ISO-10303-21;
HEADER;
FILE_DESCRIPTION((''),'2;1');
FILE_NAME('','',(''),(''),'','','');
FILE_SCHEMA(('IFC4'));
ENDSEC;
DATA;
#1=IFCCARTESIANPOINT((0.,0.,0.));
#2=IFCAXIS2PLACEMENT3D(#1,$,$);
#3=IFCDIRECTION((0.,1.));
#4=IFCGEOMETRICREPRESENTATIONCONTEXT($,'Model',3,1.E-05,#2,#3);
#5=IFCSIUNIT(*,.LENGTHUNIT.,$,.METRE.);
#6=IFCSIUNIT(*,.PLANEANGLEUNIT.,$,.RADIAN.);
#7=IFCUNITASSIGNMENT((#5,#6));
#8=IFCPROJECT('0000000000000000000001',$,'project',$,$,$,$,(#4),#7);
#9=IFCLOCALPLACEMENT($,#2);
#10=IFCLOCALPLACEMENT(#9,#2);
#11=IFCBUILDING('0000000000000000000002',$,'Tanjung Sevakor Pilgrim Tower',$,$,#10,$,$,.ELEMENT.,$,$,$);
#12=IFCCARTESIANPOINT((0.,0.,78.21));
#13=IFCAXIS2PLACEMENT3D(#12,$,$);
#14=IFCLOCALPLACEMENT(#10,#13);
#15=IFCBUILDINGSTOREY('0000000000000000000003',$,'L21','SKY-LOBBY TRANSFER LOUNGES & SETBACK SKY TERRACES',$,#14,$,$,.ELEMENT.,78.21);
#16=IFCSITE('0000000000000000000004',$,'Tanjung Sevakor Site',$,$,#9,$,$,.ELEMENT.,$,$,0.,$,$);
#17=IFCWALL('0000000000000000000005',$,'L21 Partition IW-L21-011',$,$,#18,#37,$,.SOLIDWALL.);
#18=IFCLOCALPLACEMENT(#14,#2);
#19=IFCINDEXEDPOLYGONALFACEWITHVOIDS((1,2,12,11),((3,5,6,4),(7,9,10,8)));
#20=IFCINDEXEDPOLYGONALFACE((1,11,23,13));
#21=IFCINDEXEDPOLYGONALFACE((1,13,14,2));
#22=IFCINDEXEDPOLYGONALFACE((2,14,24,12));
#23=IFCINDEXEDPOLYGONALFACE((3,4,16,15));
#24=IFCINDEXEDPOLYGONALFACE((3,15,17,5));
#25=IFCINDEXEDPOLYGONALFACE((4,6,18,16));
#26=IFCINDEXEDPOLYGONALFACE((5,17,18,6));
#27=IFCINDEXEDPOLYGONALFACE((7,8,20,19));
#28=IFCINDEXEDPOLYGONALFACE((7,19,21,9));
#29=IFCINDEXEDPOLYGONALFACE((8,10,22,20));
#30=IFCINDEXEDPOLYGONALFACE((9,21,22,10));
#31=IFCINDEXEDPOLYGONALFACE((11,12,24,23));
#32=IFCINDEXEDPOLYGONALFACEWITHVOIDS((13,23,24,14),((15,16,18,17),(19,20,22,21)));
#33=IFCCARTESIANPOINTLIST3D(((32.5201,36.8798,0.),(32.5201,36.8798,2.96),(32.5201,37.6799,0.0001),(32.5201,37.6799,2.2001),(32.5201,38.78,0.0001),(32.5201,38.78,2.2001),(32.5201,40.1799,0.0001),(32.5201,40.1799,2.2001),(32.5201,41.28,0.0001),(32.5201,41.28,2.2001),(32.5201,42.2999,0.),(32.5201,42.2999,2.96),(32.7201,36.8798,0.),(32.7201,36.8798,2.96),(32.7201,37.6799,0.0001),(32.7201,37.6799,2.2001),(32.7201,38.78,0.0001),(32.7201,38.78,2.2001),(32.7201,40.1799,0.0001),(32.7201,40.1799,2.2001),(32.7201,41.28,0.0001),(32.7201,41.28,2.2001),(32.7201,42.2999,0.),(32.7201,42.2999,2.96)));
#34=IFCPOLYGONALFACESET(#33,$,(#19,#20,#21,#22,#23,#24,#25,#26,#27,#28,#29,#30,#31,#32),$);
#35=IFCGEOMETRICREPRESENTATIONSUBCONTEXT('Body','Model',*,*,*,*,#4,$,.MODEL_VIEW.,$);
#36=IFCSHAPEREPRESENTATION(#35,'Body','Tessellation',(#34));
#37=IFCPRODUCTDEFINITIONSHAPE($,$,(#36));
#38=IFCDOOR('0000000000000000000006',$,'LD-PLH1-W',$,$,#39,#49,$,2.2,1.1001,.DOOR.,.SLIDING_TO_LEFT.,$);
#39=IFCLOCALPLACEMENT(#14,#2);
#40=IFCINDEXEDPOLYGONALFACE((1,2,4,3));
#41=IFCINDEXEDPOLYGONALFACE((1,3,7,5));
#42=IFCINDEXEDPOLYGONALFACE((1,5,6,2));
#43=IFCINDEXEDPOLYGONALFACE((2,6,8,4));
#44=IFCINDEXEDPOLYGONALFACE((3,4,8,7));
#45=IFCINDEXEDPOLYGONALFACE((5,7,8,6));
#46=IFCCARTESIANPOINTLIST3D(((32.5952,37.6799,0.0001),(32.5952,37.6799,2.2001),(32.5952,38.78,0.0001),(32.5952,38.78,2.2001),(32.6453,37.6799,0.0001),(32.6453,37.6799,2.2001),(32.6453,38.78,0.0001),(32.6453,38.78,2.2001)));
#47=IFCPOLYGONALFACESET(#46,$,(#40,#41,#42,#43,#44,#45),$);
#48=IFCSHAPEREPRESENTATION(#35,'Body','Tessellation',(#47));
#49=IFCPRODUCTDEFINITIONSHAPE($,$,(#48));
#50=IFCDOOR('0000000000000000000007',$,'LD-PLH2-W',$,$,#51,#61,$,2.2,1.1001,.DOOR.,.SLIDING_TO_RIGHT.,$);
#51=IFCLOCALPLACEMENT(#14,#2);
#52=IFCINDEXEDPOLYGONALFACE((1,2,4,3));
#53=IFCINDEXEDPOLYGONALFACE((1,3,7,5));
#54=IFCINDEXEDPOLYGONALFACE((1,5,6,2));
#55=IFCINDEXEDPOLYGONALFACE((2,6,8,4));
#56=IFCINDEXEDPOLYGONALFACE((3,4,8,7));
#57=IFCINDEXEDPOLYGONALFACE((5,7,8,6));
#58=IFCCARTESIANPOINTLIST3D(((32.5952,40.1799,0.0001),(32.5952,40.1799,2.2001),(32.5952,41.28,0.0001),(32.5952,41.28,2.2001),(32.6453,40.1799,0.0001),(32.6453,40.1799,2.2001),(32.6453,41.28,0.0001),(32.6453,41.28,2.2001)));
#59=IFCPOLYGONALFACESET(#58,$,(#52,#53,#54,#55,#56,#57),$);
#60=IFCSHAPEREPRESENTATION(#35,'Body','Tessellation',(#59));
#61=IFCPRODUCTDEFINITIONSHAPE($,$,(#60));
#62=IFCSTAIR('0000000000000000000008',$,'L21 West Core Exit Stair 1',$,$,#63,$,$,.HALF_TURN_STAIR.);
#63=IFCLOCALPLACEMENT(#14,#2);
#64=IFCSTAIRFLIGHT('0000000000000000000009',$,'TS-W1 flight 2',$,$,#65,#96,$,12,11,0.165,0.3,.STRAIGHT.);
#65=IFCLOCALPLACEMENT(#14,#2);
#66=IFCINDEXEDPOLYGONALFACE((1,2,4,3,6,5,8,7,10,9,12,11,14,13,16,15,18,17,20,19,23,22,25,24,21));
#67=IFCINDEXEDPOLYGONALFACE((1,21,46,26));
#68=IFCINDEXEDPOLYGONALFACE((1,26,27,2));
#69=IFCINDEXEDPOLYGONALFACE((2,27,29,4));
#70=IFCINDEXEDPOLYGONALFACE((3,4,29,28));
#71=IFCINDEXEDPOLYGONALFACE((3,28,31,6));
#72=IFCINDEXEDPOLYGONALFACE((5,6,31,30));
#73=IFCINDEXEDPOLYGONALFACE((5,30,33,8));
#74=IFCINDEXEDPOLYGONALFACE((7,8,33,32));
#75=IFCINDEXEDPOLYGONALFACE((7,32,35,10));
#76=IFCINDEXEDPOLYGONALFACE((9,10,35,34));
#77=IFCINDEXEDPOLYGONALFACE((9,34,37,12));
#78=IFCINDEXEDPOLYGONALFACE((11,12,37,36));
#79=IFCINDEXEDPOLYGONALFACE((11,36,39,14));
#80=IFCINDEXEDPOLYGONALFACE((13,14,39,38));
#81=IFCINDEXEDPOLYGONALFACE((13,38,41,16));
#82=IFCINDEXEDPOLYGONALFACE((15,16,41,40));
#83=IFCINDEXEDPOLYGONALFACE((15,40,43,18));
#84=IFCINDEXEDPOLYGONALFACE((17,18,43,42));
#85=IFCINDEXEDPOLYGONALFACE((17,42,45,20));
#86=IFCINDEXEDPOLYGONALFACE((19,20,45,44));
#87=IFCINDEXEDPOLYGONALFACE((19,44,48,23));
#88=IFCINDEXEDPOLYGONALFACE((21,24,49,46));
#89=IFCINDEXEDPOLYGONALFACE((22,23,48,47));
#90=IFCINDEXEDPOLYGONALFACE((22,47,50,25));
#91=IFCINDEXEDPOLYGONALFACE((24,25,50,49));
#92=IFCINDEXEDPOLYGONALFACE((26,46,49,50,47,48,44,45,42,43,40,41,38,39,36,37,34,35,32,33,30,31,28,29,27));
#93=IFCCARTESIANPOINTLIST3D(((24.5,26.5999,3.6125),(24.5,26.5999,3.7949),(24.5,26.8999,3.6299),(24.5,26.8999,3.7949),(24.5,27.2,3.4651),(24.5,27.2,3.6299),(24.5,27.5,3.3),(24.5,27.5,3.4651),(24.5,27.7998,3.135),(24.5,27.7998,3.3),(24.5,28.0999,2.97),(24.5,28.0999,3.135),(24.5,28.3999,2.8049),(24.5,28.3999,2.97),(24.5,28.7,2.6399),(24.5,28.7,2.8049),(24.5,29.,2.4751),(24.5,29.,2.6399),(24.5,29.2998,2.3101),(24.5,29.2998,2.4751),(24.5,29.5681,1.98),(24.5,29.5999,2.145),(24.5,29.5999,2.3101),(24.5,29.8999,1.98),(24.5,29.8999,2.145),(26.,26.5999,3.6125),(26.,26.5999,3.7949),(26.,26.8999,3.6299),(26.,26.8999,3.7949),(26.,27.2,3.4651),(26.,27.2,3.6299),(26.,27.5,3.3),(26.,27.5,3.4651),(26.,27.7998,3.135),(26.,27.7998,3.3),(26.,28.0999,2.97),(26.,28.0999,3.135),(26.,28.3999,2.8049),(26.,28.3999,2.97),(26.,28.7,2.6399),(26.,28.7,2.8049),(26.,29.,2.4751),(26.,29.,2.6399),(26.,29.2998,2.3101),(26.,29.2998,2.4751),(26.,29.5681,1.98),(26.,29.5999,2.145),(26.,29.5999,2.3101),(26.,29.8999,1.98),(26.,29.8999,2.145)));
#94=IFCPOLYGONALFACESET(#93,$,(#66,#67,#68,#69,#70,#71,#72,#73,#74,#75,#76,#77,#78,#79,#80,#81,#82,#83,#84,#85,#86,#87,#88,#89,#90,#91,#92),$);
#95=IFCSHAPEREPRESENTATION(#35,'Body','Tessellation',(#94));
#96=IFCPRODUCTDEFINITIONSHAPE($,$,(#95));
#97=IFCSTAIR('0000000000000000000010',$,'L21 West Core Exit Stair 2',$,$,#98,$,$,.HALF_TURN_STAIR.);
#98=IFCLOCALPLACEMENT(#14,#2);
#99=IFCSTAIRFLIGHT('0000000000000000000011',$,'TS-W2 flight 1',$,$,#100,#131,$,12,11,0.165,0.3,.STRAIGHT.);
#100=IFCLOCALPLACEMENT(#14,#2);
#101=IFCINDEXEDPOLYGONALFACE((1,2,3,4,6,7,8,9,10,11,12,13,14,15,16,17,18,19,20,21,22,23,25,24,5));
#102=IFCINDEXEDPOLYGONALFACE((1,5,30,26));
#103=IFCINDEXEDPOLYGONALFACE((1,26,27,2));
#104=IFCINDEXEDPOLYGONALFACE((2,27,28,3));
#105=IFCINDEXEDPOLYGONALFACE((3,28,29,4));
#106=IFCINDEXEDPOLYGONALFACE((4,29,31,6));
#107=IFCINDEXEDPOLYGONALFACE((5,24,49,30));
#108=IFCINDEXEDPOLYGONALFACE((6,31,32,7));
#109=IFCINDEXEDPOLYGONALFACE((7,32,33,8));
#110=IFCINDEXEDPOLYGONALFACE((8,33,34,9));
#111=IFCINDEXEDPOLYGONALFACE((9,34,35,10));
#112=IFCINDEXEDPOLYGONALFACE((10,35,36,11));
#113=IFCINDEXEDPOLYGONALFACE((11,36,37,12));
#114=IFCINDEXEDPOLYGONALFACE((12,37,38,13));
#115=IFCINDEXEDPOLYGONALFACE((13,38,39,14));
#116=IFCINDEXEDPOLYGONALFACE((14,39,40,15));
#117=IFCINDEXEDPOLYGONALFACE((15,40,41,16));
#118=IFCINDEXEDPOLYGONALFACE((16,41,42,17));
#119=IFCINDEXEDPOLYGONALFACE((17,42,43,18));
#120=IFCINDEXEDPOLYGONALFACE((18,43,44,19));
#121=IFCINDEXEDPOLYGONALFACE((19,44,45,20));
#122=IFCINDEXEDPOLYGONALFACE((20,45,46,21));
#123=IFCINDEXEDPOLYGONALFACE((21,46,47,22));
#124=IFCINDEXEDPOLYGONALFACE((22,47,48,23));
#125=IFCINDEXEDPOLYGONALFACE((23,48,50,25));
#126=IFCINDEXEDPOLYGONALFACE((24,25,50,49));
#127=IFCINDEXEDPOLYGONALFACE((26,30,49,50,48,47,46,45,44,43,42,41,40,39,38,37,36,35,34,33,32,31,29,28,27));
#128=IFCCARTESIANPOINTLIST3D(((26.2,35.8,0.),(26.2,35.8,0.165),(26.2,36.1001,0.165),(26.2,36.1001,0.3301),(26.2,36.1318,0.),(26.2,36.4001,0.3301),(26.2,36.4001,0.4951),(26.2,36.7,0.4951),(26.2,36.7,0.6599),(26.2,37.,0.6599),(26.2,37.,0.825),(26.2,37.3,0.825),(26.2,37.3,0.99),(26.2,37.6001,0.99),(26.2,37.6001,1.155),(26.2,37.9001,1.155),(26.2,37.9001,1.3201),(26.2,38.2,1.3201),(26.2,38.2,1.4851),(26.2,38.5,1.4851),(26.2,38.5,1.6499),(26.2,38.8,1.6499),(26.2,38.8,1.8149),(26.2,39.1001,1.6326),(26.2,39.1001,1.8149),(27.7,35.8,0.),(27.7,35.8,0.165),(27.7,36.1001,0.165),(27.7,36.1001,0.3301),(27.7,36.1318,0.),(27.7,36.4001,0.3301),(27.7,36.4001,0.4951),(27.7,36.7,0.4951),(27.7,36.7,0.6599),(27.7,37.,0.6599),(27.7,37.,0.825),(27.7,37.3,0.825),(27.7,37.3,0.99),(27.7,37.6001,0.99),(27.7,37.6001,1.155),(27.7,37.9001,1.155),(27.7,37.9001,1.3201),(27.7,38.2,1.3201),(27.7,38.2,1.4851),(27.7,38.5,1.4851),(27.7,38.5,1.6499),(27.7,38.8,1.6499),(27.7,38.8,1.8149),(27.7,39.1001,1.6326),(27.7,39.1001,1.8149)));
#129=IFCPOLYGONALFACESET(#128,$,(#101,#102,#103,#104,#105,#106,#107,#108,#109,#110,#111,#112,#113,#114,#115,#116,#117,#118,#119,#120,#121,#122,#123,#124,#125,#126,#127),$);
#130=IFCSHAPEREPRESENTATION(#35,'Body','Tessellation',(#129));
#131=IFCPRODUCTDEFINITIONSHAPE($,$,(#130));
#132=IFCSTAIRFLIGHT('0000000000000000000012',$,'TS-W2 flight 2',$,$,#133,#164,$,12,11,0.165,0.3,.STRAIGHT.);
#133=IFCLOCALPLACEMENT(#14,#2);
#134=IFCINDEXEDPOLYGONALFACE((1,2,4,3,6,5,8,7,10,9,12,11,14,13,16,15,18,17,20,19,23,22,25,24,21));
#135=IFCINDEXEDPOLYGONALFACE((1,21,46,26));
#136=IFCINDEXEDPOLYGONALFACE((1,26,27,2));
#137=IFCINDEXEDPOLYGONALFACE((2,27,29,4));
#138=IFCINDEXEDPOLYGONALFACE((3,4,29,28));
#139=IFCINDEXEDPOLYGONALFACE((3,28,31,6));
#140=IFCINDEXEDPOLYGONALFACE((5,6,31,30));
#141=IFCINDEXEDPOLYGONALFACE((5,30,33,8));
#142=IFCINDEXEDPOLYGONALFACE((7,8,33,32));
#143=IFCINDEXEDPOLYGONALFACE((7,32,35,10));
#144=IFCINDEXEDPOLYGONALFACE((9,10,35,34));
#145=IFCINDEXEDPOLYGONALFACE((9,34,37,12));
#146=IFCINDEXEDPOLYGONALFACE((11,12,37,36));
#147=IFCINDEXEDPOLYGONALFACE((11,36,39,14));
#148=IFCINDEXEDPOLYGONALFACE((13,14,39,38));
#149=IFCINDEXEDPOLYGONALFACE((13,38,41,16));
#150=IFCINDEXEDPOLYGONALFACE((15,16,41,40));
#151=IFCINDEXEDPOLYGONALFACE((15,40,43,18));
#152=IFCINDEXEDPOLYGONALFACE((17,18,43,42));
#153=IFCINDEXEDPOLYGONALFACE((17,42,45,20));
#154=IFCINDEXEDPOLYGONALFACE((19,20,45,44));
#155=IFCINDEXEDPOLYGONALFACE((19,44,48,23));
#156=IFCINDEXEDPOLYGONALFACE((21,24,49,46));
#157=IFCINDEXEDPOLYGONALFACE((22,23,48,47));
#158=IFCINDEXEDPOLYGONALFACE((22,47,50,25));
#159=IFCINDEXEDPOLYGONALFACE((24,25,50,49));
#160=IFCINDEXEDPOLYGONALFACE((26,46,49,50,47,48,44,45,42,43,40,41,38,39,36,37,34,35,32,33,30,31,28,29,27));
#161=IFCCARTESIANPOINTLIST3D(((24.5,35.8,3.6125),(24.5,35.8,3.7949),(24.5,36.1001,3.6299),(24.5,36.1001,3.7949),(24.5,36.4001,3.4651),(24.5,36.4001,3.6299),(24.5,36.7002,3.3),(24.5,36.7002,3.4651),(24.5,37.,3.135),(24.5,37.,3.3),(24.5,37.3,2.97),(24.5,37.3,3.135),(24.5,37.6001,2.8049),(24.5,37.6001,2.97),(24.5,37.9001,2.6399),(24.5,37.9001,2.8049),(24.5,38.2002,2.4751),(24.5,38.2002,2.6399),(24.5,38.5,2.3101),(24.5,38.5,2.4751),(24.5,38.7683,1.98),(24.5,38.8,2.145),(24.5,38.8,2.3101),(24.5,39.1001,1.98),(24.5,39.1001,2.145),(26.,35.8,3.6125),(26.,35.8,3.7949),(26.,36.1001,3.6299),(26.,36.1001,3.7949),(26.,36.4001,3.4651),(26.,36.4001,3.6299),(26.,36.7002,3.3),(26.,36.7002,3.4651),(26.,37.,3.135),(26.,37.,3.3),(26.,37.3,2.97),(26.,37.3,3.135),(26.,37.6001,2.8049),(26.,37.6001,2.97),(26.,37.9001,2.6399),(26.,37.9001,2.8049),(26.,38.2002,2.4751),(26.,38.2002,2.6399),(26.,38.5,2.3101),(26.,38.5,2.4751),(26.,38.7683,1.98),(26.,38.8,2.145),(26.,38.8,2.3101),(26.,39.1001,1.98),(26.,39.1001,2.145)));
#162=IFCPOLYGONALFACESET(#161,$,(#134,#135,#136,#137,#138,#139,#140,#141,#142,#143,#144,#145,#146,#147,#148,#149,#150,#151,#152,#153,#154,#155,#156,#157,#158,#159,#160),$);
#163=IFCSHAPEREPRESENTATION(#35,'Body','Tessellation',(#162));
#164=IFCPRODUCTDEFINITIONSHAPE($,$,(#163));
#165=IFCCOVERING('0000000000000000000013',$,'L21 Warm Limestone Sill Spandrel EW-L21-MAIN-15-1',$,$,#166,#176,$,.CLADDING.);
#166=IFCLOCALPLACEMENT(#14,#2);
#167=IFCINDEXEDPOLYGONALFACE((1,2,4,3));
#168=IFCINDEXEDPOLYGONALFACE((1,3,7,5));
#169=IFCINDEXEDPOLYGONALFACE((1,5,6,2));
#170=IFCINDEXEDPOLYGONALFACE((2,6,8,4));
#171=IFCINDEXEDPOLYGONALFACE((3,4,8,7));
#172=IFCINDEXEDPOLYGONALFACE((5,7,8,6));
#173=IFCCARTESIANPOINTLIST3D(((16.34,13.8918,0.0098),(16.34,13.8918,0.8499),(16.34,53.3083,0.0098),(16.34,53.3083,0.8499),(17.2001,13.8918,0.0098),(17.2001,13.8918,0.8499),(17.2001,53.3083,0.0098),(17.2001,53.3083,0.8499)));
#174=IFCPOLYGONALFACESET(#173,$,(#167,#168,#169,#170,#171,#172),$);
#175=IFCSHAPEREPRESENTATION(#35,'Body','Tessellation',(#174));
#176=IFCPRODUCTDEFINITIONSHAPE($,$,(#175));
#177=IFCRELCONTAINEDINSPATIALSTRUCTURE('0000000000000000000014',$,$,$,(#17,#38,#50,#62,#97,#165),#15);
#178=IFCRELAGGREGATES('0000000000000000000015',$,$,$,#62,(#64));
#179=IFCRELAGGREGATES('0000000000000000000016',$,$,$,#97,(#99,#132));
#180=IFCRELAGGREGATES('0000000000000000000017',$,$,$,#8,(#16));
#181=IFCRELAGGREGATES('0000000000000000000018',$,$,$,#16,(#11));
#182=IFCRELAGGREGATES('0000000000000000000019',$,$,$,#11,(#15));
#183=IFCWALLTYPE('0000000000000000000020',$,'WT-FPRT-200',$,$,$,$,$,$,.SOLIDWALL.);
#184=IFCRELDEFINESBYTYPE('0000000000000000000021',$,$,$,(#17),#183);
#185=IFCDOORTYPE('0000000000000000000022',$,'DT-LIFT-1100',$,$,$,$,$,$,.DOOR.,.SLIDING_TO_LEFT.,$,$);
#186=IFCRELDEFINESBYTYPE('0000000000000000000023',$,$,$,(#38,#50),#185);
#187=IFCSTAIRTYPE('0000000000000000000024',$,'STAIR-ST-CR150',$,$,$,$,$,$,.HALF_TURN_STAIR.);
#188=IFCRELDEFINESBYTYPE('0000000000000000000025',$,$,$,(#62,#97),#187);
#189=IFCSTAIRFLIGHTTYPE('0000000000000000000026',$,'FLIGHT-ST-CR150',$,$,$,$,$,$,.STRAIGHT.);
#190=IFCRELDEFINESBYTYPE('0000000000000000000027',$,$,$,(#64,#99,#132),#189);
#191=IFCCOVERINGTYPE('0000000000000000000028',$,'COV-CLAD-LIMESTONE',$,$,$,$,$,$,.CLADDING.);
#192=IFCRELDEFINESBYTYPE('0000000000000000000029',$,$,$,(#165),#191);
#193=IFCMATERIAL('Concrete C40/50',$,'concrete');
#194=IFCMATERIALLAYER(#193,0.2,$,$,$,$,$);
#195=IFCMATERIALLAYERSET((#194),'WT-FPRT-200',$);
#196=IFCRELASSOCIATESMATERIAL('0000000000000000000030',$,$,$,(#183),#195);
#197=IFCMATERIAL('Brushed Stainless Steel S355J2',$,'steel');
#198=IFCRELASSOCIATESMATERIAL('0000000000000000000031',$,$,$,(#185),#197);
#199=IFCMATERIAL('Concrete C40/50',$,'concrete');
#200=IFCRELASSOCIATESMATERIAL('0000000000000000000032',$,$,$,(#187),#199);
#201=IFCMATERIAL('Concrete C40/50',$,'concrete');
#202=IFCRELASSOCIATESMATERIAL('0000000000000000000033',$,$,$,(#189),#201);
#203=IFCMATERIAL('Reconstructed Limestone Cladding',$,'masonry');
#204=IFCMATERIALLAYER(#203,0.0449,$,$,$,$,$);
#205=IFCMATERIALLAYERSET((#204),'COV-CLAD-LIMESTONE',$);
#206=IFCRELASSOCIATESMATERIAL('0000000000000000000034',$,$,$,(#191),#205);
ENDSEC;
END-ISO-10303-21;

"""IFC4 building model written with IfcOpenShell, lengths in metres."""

from ifc_helpers import new_model, si_unit, direction, frame, frame_2d, origin, origin_2d, place, context, subcontext, project, spatial, polyline, rectangle, outline, extrude, material, layer, layer_set, type_object, element, fill, aggregate, save


model = new_model("IFC4")

# Units and contexts
model_context = context("Model", 3, precision=1e-05, world=origin(), true_north=direction((0.0, 1.0)))
body_context = subcontext(model_context, "Body", "Model", "MODEL_VIEW")
ifc_project = project(units=[si_unit("LENGTHUNIT", "METRE"), si_unit("PLANEANGLEUNIT", "RADIAN")], contexts=[model_context])

# Site, building, storey
site_placement = place(None, origin())
site = spatial("IfcSite", under=ifc_project, at=site_placement, Name="Tanjung Sevakor Site", CompositionType="ELEMENT", RefElevation=0.0)
building_placement = place(site_placement, origin())
building = spatial("IfcBuilding", under=site, at=building_placement, Name="Tanjung Sevakor Pilgrim Tower", CompositionType="ELEMENT")
storey_placement = place(building_placement, frame((0.0, 0.0, 78.21)))
storey = spatial("IfcBuildingStorey", under=building, at=storey_placement, Name="L21", Description="SKY-LOBBY TRANSFER LOUNGES & SETBACK SKY TERRACES", CompositionType="ELEMENT", Elevation=78.21)

# Shared definitions
ifc_material_1 = material(Name="Concrete C40/50", Category="concrete")
ifc_layer_1 = layer(ifc_material_1, 0.2)
ifc_layer_set_1 = layer_set([ifc_layer_1], Name="WT-FPRT-200")
wall_type_1 = type_object("IfcWallType", Name="WT-FPRT-200", PredefinedType="SOLIDWALL", material=ifc_layer_set_1)

# Wall, openings, doors
ifc_material_2 = material(Name="Brushed Stainless Steel S355J2", Category="steel")
door_type = type_object("IfcDoorType", Name="DT-LIFT-1100", OperationType="SLIDING_TO_LEFT", PredefinedType="DOOR", material=ifc_material_2)
wall_1_placement = place(storey_placement, frame((32.6201, 36.8799, 0.0), z_axis=(0.0, 0.0, 1.0), x_axis=(0.0, 1.0, 0.0)))
wall_1 = element("IfcWall", 1, at=wall_1_placement, inside=storey, type_object=wall_type_1, Name="L21 Partition IW-L21-011", PredefinedType="SOLIDWALL", context=body_context, shape_type="SweptSolid", body=[
    extrude(rectangle(XDim=5.4202, YDim=0.2, at=frame_2d((2.71, 0.0))), origin(), (0.0, 0.0, 1.0), 2.96),
])
opening_1_placement = place(wall_1_placement, frame((0.8, 0.0, 0.0)))
opening_1 = element("IfcOpeningElement", 2, at=opening_1_placement, cuts=wall_1, PredefinedType="OPENING", context=body_context, shape_type="SweptSolid", body=[
    extrude(rectangle(XDim=1.1001, YDim=2.2, at=frame_2d((0.55, 1.1001))), frame((0.0, 0.1099, 0.0), z_axis=(0.0, -1.0, 0.0), x_axis=(1.0, 0.0, 0.0)), (0.0, 0.0, 1.0), 0.22),
])
opening_2_placement = place(wall_1_placement, frame((3.3, 0.0, 0.0)))
opening_2 = element("IfcOpeningElement", 3, at=opening_2_placement, cuts=wall_1, PredefinedType="OPENING", context=body_context, shape_type="SweptSolid", body=[
    extrude(rectangle(XDim=1.1001, YDim=2.2, at=frame_2d((0.55, 1.1001))), frame((0.0, 0.1099, 0.0), z_axis=(0.0, -1.0, 0.0), x_axis=(1.0, 0.0, 0.0)), (0.0, 0.0, 1.0), 0.22),
])
door_1_placement = place(opening_1_placement, origin())
door_1 = element("IfcDoor", 4, at=door_1_placement, inside=storey, type_object=door_type, Name="LD-PLH1-W", OperationType="SLIDING_TO_LEFT", OverallHeight=2.2, OverallWidth=1.1001, PredefinedType="DOOR", context=body_context, shape_type="SweptSolid", body=[
    extrude(rectangle(XDim=1.1001, YDim=2.2, at=frame_2d((0.55, 1.1001))), frame((0.0, 0.0249, 0.0), z_axis=(0.0, -1.0, 0.0), x_axis=(1.0, 0.0, 0.0)), (0.0, 0.0, 1.0), 0.05),
])
fill(opening_1, door_1)
door_2_placement = place(opening_2_placement, origin())
door_2 = element("IfcDoor", 5, at=door_2_placement, inside=storey, type_object=door_type, Name="LD-PLH2-W", OperationType="SLIDING_TO_RIGHT", OverallHeight=2.2, OverallWidth=1.1001, PredefinedType="DOOR", context=body_context, shape_type="SweptSolid", body=[
    extrude(rectangle(XDim=1.1001, YDim=2.2, at=frame_2d((0.55, 1.1001))), frame((0.0, 0.0249, 0.0), z_axis=(0.0, -1.0, 0.0), x_axis=(1.0, 0.0, 0.0)), (0.0, 0.0, 1.0), 0.05),
])
fill(opening_2, door_2)

# Stair, stair flight
ifc_material_3 = material(Name="Concrete C40/50", Category="concrete")
stair_type = type_object("IfcStairType", Name="STAIR-ST-CR150", PredefinedType="HALF_TURN_STAIR", material=ifc_material_3)
stair_1_placement = place(storey_placement, origin())
stair_1 = element("IfcStair", 6, at=stair_1_placement, inside=storey, type_object=stair_type, Name="L21 West Core Exit Stair 1", PredefinedType="HALF_TURN_STAIR")
ifc_material_4 = material(Name="Concrete C40/50", Category="concrete")
stair_flight_type = type_object("IfcStairFlightType", Name="FLIGHT-ST-CR150", PredefinedType="STRAIGHT", material=ifc_material_4)
stair_flight_1_placement = place(storey_placement, frame((25.25, 29.8999, 1.98), z_axis=(0.0, 0.0, 1.0), x_axis=(0.0, -1.0, 0.0)))
stair_flight_1 = element("IfcStairFlight", 7, at=stair_flight_1_placement, type_object=stair_flight_type, Name="TS-W1 flight 2", NumberOfRisers=12, NumberOfTreads=11, PredefinedType="STRAIGHT", RiserHeight=0.165, TreadLength=0.3, context=body_context, shape_type="SweptSolid", body=[
    extrude(outline(polyline([(0.0, 0.0), (0.0, 0.165), (0.3, 0.165), (0.3, 0.3301), (0.6001, 0.3301), (0.6001, 0.4951), (0.8999, 0.4951), (0.8999, 0.6599), (1.2, 0.6599), (1.2, 0.825), (1.5, 0.825), (1.5, 0.99), (1.8, 0.99), (1.8, 1.155), (2.1001, 1.155), (2.1001, 1.3201), (2.3999, 1.3201), (2.3999, 1.4851), (2.7, 1.4851), (2.7, 1.6499), (3.0, 1.6499), (3.0, 1.8149), (3.3, 1.8149), (3.3, 1.98), (3.3, 1.6326), (0.3318, 0.0), (0.0, 0.0)])), frame((0.0, 0.75, 0.0), z_axis=(0.0, -1.0, 0.0), x_axis=(1.0, 0.0, 0.0)), (0.0, 0.0, 1.0), 1.5),
])
aggregate(stair_1, [stair_flight_1])

# Stair, stair flights
stair_2_placement = place(storey_placement, origin())
stair_2 = element("IfcStair", 8, at=stair_2_placement, inside=storey, type_object=stair_type, Name="L21 West Core Exit Stair 2", PredefinedType="HALF_TURN_STAIR")
stair_flight_2_placement = place(storey_placement, frame((26.95, 35.8, 0.0), z_axis=(0.0, 0.0, 1.0), x_axis=(0.0, 1.0, 0.0)))
stair_flight_2 = element("IfcStairFlight", 9, at=stair_flight_2_placement, type_object=stair_flight_type, Name="TS-W2 flight 1", NumberOfRisers=12, NumberOfTreads=11, PredefinedType="STRAIGHT", RiserHeight=0.165, TreadLength=0.3, context=body_context, shape_type="SweptSolid", body=[
    extrude(outline(polyline([(0.0, 0.0), (0.0, 0.165), (0.3, 0.165), (0.3, 0.3301), (0.6001, 0.3301), (0.6001, 0.4951), (0.8999, 0.4951), (0.8999, 0.6599), (1.2, 0.6599), (1.2, 0.825), (1.5, 0.825), (1.5, 0.99), (1.8, 0.99), (1.8, 1.155), (2.1001, 1.155), (2.1001, 1.3201), (2.3999, 1.3201), (2.3999, 1.4851), (2.7, 1.4851), (2.7, 1.6499), (3.0, 1.6499), (3.0, 1.8149), (3.3, 1.8149), (3.3, 1.98), (3.3, 1.6326), (0.3318, 0.0), (0.0, 0.0)])), frame((0.0, 0.75, 0.0), z_axis=(0.0, -1.0, 0.0), x_axis=(1.0, 0.0, 0.0)), (0.0, 0.0, 1.0), 1.5),
])
stair_flight_3_placement = place(storey_placement, frame((25.25, 39.1001, 1.98), z_axis=(0.0, 0.0, 1.0), x_axis=(0.0, -1.0, 0.0)))
stair_flight_3 = element("IfcStairFlight", 10, at=stair_flight_3_placement, type_object=stair_flight_type, Name="TS-W2 flight 2", NumberOfRisers=12, NumberOfTreads=11, PredefinedType="STRAIGHT", RiserHeight=0.165, TreadLength=0.3, context=body_context, shape_type="SweptSolid", body=[
    extrude(outline(polyline([(0.0, 0.0), (0.0, 0.165), (0.3, 0.165), (0.3, 0.3301), (0.6001, 0.3301), (0.6001, 0.4951), (0.8999, 0.4951), (0.8999, 0.6599), (1.2, 0.6599), (1.2, 0.825), (1.5, 0.825), (1.5, 0.99), (1.8, 0.99), (1.8, 1.155), (2.1001, 1.155), (2.1001, 1.3201), (2.3999, 1.3201), (2.3999, 1.4851), (2.7, 1.4851), (2.7, 1.6499), (3.0, 1.6499), (3.0, 1.8149), (3.3, 1.8149), (3.3, 1.98), (3.3, 1.6326), (0.3318, 0.0), (0.0, 0.0)])), frame((0.0, 0.75, 0.0), z_axis=(0.0, -1.0, 0.0), x_axis=(1.0, 0.0, 0.0)), (0.0, 0.0, 1.0), 1.5),
])
aggregate(stair_2, [stair_flight_2, stair_flight_3])

# Covering
ifc_material_5 = material(Name="Reconstructed Limestone Cladding", Category="masonry")
ifc_layer_2 = layer(ifc_material_5, 0.0449)
ifc_layer_set_2 = layer_set([ifc_layer_2], Name="COV-CLAD-LIMESTONE")
covering_type = type_object("IfcCoveringType", Name="COV-CLAD-LIMESTONE", PredefinedType="CLADDING", material=ifc_layer_set_2)
covering_1_placement = place(storey_placement, frame((16.77, 33.6001, 0.0098), z_axis=(0.0, 0.0, 1.0), x_axis=(0.0, -1.0, 0.0)))
element("IfcCovering", 11, at=covering_1_placement, inside=storey, type_object=covering_type, Name="L21 Warm Limestone Sill Spandrel EW-L21-MAIN-15-1", PredefinedType="CLADDING", context=body_context, shape_type="SweptSolid", body=[
    extrude(rectangle(XDim=39.4165, YDim=0.8601, at=origin_2d()), origin(), (0.0, 0.0, 1.0), 0.8401),
])

save(model, "model.ifc")
